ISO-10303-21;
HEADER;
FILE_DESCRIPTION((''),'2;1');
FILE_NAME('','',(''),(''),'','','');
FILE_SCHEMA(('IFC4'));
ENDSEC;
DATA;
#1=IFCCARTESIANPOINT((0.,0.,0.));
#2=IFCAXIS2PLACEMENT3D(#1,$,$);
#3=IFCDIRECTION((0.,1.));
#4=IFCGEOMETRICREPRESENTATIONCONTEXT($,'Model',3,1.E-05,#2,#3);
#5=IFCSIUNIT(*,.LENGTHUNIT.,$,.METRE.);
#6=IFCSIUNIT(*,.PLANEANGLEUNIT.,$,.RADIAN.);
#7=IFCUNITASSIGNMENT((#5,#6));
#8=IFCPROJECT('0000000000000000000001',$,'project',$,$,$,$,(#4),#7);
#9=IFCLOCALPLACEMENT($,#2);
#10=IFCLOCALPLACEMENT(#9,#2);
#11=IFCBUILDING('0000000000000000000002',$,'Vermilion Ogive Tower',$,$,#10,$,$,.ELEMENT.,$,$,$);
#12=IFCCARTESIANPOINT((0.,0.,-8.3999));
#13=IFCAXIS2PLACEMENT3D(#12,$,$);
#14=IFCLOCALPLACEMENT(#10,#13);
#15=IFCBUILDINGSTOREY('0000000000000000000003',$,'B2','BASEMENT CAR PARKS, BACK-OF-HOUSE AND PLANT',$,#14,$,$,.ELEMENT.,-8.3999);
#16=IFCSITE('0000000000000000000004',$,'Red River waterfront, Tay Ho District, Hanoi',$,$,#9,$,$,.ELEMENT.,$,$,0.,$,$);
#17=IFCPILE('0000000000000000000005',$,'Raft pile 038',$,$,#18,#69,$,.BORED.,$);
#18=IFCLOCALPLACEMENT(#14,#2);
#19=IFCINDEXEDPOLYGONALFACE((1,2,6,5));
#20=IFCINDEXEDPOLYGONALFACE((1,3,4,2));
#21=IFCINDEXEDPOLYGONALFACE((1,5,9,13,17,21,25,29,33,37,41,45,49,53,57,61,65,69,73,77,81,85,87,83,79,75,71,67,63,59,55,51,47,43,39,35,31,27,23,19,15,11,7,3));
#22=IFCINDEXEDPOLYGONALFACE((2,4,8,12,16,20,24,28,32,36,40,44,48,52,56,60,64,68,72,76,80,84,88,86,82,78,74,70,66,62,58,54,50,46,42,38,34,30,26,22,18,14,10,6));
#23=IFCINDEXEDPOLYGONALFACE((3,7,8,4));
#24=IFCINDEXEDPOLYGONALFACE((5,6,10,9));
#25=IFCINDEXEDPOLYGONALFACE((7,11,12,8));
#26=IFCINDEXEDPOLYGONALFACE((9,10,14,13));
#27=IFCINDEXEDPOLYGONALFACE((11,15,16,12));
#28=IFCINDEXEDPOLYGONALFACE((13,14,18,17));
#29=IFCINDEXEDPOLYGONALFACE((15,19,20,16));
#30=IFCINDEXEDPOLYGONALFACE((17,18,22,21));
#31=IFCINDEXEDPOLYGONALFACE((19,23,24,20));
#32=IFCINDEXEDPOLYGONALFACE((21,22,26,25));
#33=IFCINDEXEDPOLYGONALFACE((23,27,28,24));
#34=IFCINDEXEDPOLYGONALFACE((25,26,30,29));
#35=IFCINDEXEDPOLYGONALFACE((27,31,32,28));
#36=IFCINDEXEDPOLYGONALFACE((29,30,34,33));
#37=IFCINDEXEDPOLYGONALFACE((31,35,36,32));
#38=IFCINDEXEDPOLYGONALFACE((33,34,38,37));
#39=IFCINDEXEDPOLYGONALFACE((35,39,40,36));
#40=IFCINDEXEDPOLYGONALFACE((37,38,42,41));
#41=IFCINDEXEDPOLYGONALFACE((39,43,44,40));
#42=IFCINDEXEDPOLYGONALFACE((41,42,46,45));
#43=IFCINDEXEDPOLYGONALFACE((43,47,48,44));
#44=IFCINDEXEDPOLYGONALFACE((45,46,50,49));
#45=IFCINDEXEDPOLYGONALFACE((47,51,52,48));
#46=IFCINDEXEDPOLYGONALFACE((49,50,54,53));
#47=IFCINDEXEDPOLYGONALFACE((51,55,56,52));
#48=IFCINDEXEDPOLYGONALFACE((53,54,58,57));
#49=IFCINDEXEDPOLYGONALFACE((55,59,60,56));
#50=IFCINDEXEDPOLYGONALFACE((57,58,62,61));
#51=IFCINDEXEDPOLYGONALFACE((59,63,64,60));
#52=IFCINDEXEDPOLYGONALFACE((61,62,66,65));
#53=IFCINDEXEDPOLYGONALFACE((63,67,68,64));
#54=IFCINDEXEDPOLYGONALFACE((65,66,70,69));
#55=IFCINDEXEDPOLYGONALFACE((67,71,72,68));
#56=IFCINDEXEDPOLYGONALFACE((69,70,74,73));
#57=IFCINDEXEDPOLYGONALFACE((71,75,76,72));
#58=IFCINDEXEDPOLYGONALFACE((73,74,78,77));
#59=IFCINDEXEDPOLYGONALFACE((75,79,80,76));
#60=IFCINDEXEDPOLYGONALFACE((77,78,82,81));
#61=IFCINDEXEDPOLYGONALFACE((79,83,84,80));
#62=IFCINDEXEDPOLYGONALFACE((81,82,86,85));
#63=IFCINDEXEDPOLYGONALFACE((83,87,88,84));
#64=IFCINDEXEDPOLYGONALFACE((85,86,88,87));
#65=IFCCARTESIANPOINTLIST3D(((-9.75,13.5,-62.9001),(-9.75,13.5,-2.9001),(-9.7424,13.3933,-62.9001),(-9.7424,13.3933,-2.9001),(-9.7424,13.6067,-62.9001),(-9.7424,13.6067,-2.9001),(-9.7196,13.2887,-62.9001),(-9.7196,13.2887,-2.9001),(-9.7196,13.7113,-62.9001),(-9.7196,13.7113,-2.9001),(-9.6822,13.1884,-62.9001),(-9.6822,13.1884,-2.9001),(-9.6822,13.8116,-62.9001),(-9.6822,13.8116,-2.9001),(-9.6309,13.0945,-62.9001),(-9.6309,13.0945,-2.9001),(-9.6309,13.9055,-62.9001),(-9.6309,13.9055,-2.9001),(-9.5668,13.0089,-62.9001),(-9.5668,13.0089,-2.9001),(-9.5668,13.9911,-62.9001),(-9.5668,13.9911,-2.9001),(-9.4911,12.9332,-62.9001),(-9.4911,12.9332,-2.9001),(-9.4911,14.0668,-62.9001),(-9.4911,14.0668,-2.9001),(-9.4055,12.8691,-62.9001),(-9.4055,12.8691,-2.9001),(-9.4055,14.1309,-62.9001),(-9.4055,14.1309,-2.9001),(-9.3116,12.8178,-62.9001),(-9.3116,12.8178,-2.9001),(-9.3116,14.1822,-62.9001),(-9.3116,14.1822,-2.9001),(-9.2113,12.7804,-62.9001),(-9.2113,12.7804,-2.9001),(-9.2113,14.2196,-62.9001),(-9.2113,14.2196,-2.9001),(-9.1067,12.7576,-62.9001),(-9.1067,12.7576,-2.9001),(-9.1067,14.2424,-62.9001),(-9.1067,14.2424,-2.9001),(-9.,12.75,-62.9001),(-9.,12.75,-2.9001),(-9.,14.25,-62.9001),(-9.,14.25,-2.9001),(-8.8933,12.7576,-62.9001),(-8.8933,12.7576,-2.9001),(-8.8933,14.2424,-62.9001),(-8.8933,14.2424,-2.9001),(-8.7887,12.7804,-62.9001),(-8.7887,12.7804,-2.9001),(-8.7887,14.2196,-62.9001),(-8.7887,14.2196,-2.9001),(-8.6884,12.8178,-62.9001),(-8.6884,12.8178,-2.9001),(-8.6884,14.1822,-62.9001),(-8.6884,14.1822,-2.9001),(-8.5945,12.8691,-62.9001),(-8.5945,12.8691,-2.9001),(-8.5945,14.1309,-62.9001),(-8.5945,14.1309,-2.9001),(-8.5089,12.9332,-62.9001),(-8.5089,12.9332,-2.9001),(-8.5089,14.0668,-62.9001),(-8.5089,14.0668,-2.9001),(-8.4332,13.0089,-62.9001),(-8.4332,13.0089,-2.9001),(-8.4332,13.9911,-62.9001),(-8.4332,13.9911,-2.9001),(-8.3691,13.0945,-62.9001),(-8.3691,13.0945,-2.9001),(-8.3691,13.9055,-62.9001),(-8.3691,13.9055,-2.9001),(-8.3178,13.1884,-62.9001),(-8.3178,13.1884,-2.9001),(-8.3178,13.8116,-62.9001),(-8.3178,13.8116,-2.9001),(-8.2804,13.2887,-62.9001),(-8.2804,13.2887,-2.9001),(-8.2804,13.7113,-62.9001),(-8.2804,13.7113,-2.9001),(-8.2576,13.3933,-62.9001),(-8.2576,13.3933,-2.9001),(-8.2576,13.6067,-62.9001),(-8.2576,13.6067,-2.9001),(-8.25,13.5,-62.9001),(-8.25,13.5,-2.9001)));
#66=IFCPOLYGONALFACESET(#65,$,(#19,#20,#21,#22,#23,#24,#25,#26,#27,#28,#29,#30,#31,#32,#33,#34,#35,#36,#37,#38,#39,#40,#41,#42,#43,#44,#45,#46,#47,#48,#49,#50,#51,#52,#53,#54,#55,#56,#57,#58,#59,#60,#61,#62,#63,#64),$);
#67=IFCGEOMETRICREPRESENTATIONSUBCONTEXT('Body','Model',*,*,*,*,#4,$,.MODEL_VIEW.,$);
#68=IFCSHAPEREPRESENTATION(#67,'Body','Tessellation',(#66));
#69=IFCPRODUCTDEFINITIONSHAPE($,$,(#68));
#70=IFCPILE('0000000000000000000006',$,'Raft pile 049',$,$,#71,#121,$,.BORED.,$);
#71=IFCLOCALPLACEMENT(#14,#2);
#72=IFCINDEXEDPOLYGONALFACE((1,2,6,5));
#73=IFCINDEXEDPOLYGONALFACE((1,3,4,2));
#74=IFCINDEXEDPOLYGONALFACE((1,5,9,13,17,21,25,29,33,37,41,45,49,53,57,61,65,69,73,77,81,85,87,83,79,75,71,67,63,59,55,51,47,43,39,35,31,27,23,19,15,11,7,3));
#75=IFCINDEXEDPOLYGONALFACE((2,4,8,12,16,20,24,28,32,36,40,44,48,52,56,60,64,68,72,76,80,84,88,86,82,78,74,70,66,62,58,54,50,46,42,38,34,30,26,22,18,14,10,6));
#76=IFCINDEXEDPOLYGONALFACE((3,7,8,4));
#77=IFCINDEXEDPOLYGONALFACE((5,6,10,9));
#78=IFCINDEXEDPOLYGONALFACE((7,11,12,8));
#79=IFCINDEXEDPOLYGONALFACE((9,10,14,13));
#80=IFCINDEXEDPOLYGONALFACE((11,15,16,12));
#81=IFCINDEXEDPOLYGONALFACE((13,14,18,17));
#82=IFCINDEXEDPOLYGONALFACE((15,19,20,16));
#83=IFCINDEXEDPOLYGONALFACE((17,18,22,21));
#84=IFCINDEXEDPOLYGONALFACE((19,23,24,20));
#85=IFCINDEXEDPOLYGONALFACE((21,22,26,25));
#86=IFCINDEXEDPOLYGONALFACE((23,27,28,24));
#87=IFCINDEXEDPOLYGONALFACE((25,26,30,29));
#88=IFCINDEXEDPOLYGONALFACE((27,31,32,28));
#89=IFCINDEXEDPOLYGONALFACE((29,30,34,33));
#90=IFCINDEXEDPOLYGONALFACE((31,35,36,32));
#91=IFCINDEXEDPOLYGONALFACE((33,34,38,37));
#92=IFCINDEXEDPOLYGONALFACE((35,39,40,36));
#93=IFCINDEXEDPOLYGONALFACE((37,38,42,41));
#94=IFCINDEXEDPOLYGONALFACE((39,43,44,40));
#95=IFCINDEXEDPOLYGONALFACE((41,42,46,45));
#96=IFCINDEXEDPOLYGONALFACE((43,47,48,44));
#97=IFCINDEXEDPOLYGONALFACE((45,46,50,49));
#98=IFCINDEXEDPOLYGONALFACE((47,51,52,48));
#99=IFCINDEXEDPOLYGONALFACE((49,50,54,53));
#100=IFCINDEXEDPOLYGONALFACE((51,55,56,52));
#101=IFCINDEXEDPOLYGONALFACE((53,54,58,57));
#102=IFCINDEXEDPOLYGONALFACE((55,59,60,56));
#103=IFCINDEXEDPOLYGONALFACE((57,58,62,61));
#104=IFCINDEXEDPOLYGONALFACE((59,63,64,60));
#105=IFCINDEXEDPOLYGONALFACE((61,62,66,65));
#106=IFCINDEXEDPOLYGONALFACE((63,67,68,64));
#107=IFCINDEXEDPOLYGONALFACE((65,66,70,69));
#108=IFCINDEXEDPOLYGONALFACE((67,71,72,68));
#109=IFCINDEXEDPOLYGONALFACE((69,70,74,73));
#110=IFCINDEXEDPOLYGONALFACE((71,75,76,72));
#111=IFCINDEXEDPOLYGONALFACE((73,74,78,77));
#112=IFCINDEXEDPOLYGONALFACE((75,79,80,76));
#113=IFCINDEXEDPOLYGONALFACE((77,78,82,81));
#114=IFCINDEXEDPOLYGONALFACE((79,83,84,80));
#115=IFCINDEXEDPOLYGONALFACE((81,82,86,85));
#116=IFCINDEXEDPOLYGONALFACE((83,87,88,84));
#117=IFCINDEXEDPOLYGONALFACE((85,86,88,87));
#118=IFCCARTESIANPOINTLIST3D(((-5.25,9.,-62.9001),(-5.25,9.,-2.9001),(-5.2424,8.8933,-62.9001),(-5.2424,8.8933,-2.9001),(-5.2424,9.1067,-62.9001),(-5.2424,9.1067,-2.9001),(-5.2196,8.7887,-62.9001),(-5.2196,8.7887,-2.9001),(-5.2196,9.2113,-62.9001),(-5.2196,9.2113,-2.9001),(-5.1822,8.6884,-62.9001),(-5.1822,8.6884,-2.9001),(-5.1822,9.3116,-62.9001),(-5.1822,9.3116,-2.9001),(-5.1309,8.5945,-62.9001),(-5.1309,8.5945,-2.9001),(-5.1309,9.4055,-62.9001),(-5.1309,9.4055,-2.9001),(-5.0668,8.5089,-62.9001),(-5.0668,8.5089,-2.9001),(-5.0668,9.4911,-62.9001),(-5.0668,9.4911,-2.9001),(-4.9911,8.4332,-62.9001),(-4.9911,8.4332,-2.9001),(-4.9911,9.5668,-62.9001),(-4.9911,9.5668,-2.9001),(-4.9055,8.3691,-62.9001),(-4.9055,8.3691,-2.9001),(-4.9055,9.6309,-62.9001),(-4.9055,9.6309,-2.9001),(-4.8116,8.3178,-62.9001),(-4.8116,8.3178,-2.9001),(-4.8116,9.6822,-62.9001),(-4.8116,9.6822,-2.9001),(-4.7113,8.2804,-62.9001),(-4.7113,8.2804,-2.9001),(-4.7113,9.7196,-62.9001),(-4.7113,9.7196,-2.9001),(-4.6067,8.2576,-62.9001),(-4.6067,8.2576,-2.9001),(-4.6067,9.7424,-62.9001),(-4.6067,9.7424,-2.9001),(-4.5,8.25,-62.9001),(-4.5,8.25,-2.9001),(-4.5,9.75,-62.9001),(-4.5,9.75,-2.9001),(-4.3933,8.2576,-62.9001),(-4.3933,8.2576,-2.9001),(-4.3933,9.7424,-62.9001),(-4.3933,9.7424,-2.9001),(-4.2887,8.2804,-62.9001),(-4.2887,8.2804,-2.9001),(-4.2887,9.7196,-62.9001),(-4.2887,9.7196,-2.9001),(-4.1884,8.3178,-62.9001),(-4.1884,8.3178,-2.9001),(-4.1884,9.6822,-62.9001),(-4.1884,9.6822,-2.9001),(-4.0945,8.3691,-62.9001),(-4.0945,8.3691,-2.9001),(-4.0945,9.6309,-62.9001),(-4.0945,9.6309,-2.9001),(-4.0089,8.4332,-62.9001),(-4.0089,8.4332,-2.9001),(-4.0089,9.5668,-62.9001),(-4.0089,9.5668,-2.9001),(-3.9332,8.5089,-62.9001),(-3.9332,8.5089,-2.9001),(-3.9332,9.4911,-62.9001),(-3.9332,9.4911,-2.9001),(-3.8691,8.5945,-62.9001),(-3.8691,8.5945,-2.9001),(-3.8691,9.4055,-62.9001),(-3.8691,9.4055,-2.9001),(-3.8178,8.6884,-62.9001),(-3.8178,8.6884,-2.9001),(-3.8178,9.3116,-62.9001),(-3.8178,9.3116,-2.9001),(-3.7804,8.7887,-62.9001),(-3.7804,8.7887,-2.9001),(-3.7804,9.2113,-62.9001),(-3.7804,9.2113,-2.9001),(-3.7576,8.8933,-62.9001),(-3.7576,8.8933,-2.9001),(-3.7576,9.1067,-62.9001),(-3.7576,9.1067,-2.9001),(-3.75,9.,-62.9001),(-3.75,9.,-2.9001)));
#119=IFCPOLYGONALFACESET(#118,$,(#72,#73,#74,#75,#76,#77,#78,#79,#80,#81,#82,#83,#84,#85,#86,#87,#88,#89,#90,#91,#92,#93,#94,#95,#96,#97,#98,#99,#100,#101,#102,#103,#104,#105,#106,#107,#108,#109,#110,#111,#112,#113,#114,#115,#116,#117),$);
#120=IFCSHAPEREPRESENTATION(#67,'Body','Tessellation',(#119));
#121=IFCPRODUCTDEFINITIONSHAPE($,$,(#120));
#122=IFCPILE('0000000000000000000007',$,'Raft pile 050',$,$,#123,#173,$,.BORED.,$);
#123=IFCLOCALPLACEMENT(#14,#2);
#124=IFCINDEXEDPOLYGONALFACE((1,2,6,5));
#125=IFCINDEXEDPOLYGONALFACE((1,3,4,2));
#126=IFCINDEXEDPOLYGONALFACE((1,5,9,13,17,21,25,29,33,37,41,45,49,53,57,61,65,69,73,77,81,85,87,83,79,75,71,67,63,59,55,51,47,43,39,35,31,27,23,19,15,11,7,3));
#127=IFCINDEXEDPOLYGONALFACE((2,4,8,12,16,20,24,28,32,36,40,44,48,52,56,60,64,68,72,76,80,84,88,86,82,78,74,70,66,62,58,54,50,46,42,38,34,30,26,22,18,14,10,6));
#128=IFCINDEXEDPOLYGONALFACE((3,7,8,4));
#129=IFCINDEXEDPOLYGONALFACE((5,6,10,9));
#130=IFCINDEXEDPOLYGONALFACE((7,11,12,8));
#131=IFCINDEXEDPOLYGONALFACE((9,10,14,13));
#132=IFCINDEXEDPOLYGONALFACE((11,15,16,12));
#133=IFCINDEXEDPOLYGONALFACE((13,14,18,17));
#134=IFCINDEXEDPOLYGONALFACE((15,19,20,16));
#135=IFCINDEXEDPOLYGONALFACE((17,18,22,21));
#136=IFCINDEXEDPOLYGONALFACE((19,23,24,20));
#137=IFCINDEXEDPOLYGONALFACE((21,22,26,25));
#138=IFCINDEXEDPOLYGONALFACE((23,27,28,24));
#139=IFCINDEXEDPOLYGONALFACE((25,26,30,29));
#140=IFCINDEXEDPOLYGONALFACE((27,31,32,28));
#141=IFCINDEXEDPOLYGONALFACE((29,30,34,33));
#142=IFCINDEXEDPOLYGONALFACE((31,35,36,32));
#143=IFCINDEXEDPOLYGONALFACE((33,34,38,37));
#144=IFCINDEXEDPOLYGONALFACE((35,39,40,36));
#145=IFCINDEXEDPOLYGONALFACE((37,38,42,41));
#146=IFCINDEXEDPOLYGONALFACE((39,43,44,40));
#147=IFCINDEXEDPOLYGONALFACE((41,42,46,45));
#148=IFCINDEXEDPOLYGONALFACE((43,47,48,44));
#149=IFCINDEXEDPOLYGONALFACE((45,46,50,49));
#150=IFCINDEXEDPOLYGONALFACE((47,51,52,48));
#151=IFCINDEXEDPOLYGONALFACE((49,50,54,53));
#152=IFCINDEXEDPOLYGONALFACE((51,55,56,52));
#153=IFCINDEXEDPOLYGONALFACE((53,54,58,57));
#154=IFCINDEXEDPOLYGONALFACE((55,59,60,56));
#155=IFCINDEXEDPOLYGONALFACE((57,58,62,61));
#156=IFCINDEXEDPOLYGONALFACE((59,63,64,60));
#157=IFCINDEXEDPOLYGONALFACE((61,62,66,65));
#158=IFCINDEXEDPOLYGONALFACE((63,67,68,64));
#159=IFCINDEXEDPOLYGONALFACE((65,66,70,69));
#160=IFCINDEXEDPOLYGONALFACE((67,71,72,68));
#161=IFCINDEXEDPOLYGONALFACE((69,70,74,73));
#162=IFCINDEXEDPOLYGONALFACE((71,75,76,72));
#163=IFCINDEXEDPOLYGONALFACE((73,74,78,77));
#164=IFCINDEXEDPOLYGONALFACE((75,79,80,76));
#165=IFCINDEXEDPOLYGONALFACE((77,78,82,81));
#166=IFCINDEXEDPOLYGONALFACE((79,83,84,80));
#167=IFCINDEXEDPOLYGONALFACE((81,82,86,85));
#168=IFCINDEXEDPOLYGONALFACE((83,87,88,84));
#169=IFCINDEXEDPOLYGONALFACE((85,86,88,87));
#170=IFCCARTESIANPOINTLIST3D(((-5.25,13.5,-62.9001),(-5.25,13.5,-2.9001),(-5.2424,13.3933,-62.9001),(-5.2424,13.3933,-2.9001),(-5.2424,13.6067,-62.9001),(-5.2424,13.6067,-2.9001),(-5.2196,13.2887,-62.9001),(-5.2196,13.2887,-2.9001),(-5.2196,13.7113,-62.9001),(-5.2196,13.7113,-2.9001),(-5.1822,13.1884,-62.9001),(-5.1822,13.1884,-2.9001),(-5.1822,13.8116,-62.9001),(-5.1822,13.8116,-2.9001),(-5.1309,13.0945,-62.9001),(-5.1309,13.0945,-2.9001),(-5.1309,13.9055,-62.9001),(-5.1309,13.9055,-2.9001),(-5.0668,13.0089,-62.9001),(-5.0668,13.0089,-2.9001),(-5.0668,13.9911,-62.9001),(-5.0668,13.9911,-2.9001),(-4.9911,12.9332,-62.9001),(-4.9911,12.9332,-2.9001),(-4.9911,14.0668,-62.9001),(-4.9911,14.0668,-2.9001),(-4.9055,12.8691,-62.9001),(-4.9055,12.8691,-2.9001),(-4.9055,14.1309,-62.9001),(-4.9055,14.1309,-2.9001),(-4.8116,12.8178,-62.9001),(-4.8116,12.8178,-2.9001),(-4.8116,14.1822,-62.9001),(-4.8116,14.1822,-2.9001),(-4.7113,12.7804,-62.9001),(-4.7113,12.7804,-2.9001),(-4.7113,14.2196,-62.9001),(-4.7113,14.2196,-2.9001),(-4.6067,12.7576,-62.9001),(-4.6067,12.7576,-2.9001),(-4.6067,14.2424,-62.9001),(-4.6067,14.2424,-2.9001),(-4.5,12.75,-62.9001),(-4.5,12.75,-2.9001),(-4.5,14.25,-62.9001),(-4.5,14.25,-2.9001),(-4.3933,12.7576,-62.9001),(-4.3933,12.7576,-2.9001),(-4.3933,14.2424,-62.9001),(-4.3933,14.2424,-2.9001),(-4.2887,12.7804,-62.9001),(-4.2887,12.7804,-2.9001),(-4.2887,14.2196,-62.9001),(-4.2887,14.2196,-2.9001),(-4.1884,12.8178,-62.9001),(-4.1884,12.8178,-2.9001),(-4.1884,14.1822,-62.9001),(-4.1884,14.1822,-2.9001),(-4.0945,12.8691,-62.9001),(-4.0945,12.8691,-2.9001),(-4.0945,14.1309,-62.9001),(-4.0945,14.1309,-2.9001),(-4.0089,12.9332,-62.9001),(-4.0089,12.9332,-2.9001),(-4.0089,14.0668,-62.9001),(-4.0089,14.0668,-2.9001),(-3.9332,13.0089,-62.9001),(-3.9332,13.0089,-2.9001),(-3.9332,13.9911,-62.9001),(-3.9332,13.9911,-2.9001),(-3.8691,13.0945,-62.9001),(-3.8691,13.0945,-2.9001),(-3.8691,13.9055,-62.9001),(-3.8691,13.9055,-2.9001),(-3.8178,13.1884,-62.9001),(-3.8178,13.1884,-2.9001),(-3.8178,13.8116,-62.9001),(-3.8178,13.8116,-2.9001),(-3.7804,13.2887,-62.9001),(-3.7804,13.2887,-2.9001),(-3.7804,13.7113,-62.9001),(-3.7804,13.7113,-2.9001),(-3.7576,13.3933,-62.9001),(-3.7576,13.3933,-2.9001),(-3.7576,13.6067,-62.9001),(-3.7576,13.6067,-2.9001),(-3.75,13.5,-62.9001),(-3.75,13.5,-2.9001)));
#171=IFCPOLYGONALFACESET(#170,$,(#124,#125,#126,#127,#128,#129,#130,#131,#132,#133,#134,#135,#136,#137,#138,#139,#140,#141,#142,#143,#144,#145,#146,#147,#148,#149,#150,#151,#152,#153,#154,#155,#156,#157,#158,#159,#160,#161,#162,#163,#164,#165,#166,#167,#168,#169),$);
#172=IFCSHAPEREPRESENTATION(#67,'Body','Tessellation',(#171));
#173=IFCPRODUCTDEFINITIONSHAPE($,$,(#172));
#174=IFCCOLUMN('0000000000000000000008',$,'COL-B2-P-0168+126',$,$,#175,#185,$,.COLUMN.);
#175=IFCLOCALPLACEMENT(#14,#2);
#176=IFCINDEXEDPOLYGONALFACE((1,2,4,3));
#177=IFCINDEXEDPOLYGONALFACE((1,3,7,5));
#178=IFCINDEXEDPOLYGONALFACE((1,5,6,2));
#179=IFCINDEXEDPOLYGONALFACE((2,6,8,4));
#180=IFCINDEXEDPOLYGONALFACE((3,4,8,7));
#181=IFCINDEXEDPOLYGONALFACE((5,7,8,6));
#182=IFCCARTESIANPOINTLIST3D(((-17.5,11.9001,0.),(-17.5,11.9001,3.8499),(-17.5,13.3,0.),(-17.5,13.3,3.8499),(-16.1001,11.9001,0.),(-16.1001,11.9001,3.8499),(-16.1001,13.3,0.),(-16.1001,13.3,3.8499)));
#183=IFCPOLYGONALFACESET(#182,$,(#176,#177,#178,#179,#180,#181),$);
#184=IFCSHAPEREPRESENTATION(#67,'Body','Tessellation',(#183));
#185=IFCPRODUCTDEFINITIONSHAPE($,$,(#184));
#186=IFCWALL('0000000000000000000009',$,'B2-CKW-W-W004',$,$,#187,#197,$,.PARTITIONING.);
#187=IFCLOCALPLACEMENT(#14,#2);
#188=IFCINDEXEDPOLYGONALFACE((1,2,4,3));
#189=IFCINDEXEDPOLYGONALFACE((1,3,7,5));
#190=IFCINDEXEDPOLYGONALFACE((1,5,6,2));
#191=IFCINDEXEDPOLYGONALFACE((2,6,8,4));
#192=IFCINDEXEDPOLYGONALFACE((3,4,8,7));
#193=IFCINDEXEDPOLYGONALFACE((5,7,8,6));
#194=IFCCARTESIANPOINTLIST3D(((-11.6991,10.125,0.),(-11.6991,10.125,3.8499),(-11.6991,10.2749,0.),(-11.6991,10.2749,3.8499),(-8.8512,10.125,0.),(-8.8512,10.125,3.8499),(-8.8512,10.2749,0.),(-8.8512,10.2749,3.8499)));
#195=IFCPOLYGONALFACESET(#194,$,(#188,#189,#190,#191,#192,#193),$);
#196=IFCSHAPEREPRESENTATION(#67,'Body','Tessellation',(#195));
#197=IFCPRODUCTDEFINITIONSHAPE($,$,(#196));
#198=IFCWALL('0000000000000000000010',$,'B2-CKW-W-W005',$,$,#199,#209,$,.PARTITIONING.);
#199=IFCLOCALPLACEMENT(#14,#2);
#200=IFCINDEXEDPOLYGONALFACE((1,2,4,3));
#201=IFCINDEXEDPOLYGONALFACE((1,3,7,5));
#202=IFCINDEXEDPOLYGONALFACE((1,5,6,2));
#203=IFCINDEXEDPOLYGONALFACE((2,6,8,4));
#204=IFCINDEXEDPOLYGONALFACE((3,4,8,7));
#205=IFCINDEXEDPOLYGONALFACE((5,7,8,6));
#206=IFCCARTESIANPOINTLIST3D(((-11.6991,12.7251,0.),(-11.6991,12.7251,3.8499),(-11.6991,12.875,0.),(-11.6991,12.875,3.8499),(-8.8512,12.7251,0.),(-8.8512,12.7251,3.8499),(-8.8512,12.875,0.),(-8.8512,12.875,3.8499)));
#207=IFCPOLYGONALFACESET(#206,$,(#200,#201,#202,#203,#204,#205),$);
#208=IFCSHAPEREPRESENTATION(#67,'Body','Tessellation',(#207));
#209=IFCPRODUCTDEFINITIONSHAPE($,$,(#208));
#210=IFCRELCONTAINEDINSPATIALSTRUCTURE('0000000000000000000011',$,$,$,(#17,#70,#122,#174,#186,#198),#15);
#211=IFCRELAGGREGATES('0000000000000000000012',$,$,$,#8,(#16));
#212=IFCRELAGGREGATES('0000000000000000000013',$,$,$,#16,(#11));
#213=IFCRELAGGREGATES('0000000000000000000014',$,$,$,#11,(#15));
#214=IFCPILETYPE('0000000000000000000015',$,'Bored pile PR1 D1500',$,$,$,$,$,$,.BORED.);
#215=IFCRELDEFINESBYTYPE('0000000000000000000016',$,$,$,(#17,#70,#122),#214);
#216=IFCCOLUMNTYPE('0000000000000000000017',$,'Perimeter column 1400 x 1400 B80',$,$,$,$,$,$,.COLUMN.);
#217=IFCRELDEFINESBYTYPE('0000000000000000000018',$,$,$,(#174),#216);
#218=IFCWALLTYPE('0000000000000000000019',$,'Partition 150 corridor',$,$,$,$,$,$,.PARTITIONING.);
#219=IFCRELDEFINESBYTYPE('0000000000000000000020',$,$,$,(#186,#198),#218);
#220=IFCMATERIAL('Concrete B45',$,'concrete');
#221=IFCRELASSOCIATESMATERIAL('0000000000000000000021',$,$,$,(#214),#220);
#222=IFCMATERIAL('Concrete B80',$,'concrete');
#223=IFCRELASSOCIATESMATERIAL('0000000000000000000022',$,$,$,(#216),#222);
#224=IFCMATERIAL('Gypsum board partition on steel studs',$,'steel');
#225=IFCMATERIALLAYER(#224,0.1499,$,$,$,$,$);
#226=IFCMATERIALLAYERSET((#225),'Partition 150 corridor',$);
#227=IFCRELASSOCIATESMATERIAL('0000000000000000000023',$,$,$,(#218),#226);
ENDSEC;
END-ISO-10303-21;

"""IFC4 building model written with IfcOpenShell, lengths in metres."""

from ifc_helpers import new_model, si_unit, direction, frame, frame_2d, origin, origin_2d, place, context, subcontext, project, spatial, rectangle, circle, extrude, material, layer, layer_set, material_profile, profile_set, type_object, element, save


model = new_model("IFC4")

# Units and contexts
model_context = context("Model", 3, precision=1e-05, world=origin(), true_north=direction((0.0, 1.0)))
body_context = subcontext(model_context, "Body", "Model", "MODEL_VIEW")
ifc_project = project(units=[si_unit("LENGTHUNIT", "METRE"), si_unit("PLANEANGLEUNIT", "RADIAN")], contexts=[model_context])

# Site, building, storey
site_placement = place(None, origin())
site = spatial("IfcSite", under=ifc_project, at=site_placement, Name="Red River waterfront, Tay Ho District, Hanoi", CompositionType="ELEMENT", RefElevation=0.0)
building_placement = place(site_placement, origin())
building = spatial("IfcBuilding", under=site, at=building_placement, Name="Vermilion Ogive Tower", CompositionType="ELEMENT")
storey_placement = place(building_placement, frame((0.0, 0.0, -8.3999)))
storey = spatial("IfcBuildingStorey", under=building, at=storey_placement, Name="B2", Description="BASEMENT CAR PARKS, BACK-OF-HOUSE AND PLANT", CompositionType="ELEMENT", Elevation=-8.3999)

# Piles
ifc_material_1 = material(Name="Concrete B45", Category="concrete")
pile_type = type_object("IfcPileType", Name="Bored pile PR1 D1500", PredefinedType="BORED", material=ifc_material_1)
for number, where, z_axis, x_axis, name in (
    (1, (-9.0, 13.5, -2.9001), (0.0, 0.0, -1.0), (1.0, 0.0, 0.0), "Raft pile 038"),
    (2, (-4.5, 9.0, -2.9001), (0.0, 0.0, -1.0), (1.0, 0.0, 0.0), "Raft pile 049"),
    (3, (-4.5, 13.5, -2.9001), (0.0, 0.0, -1.0), (1.0, 0.0, 0.0), "Raft pile 050"),
):
    element("IfcPile", number, at=place(storey_placement, frame(where, z_axis=z_axis, x_axis=x_axis)), inside=storey, type_object=pile_type, Name=name, PredefinedType="BORED", context=body_context, shape_type="SweptSolid", body=[
        extrude(circle(Radius=0.75, at=origin_2d()), origin(), (0.0, 0.0, 1.0), 60.0),
    ])

# Column
ifc_material_2 = material(Name="Concrete B80", Category="concrete")
ifc_material_profile = material_profile(ifc_material_2, rectangle(XDim=1.3999, YDim=1.3999, at=origin_2d()), Name="1400 x 1400")
ifc_profile_set = profile_set([ifc_material_profile], Name="Concrete B80")
column_type = type_object("IfcColumnType", Name="Perimeter column 1400 x 1400 B80", PredefinedType="COLUMN", material=ifc_profile_set)
column_placement = place(storey_placement, frame((-16.8, 12.6001, 0.0), z_axis=(0.0, 0.0, 1.0), x_axis=(1.0, 0.0, 0.0)))
element("IfcColumn", 4, at=column_placement, inside=storey, type_object=column_type, Name="COL-B2-P-0168+126", PredefinedType="COLUMN", context=body_context, shape_type="SweptSolid", body=[
    extrude(rectangle(XDim=1.3999, YDim=1.3999, at=origin_2d()), origin(), (0.0, 0.0, 1.0), 3.8499),
])

# Walls
ifc_material_3 = material(Name="Gypsum board partition on steel studs", Category="steel")
ifc_layer_1 = layer(ifc_material_3, 0.1499)
ifc_layer_set_1 = layer_set([ifc_layer_1], Name="Partition 150 corridor")
wall_type_1 = type_object("IfcWallType", Name="Partition 150 corridor", PredefinedType="PARTITIONING", material=ifc_layer_set_1)
for number, where, z_axis, x_axis, name in (
    (5, (-11.699, 10.2, 0.0), (0.0, 0.0, 1.0), (1.0, 0.0, 0.0), "B2-CKW-W-W004"),
    (6, (-11.699, 12.8, 0.0), (0.0, 0.0, 1.0), (1.0, 0.0, 0.0), "B2-CKW-W-W005"),
):
    element("IfcWall", number, at=place(storey_placement, frame(where, z_axis=z_axis, x_axis=x_axis)), inside=storey, type_object=wall_type_1, Name=name, PredefinedType="PARTITIONING", context=body_context, shape_type="SweptSolid", body=[
        extrude(rectangle(XDim=2.8479, YDim=0.1499, at=frame_2d((1.4238, 0.0))), origin(), (0.0, 0.0, 1.0), 3.8499),
    ])

save(model, "model.ifc")
